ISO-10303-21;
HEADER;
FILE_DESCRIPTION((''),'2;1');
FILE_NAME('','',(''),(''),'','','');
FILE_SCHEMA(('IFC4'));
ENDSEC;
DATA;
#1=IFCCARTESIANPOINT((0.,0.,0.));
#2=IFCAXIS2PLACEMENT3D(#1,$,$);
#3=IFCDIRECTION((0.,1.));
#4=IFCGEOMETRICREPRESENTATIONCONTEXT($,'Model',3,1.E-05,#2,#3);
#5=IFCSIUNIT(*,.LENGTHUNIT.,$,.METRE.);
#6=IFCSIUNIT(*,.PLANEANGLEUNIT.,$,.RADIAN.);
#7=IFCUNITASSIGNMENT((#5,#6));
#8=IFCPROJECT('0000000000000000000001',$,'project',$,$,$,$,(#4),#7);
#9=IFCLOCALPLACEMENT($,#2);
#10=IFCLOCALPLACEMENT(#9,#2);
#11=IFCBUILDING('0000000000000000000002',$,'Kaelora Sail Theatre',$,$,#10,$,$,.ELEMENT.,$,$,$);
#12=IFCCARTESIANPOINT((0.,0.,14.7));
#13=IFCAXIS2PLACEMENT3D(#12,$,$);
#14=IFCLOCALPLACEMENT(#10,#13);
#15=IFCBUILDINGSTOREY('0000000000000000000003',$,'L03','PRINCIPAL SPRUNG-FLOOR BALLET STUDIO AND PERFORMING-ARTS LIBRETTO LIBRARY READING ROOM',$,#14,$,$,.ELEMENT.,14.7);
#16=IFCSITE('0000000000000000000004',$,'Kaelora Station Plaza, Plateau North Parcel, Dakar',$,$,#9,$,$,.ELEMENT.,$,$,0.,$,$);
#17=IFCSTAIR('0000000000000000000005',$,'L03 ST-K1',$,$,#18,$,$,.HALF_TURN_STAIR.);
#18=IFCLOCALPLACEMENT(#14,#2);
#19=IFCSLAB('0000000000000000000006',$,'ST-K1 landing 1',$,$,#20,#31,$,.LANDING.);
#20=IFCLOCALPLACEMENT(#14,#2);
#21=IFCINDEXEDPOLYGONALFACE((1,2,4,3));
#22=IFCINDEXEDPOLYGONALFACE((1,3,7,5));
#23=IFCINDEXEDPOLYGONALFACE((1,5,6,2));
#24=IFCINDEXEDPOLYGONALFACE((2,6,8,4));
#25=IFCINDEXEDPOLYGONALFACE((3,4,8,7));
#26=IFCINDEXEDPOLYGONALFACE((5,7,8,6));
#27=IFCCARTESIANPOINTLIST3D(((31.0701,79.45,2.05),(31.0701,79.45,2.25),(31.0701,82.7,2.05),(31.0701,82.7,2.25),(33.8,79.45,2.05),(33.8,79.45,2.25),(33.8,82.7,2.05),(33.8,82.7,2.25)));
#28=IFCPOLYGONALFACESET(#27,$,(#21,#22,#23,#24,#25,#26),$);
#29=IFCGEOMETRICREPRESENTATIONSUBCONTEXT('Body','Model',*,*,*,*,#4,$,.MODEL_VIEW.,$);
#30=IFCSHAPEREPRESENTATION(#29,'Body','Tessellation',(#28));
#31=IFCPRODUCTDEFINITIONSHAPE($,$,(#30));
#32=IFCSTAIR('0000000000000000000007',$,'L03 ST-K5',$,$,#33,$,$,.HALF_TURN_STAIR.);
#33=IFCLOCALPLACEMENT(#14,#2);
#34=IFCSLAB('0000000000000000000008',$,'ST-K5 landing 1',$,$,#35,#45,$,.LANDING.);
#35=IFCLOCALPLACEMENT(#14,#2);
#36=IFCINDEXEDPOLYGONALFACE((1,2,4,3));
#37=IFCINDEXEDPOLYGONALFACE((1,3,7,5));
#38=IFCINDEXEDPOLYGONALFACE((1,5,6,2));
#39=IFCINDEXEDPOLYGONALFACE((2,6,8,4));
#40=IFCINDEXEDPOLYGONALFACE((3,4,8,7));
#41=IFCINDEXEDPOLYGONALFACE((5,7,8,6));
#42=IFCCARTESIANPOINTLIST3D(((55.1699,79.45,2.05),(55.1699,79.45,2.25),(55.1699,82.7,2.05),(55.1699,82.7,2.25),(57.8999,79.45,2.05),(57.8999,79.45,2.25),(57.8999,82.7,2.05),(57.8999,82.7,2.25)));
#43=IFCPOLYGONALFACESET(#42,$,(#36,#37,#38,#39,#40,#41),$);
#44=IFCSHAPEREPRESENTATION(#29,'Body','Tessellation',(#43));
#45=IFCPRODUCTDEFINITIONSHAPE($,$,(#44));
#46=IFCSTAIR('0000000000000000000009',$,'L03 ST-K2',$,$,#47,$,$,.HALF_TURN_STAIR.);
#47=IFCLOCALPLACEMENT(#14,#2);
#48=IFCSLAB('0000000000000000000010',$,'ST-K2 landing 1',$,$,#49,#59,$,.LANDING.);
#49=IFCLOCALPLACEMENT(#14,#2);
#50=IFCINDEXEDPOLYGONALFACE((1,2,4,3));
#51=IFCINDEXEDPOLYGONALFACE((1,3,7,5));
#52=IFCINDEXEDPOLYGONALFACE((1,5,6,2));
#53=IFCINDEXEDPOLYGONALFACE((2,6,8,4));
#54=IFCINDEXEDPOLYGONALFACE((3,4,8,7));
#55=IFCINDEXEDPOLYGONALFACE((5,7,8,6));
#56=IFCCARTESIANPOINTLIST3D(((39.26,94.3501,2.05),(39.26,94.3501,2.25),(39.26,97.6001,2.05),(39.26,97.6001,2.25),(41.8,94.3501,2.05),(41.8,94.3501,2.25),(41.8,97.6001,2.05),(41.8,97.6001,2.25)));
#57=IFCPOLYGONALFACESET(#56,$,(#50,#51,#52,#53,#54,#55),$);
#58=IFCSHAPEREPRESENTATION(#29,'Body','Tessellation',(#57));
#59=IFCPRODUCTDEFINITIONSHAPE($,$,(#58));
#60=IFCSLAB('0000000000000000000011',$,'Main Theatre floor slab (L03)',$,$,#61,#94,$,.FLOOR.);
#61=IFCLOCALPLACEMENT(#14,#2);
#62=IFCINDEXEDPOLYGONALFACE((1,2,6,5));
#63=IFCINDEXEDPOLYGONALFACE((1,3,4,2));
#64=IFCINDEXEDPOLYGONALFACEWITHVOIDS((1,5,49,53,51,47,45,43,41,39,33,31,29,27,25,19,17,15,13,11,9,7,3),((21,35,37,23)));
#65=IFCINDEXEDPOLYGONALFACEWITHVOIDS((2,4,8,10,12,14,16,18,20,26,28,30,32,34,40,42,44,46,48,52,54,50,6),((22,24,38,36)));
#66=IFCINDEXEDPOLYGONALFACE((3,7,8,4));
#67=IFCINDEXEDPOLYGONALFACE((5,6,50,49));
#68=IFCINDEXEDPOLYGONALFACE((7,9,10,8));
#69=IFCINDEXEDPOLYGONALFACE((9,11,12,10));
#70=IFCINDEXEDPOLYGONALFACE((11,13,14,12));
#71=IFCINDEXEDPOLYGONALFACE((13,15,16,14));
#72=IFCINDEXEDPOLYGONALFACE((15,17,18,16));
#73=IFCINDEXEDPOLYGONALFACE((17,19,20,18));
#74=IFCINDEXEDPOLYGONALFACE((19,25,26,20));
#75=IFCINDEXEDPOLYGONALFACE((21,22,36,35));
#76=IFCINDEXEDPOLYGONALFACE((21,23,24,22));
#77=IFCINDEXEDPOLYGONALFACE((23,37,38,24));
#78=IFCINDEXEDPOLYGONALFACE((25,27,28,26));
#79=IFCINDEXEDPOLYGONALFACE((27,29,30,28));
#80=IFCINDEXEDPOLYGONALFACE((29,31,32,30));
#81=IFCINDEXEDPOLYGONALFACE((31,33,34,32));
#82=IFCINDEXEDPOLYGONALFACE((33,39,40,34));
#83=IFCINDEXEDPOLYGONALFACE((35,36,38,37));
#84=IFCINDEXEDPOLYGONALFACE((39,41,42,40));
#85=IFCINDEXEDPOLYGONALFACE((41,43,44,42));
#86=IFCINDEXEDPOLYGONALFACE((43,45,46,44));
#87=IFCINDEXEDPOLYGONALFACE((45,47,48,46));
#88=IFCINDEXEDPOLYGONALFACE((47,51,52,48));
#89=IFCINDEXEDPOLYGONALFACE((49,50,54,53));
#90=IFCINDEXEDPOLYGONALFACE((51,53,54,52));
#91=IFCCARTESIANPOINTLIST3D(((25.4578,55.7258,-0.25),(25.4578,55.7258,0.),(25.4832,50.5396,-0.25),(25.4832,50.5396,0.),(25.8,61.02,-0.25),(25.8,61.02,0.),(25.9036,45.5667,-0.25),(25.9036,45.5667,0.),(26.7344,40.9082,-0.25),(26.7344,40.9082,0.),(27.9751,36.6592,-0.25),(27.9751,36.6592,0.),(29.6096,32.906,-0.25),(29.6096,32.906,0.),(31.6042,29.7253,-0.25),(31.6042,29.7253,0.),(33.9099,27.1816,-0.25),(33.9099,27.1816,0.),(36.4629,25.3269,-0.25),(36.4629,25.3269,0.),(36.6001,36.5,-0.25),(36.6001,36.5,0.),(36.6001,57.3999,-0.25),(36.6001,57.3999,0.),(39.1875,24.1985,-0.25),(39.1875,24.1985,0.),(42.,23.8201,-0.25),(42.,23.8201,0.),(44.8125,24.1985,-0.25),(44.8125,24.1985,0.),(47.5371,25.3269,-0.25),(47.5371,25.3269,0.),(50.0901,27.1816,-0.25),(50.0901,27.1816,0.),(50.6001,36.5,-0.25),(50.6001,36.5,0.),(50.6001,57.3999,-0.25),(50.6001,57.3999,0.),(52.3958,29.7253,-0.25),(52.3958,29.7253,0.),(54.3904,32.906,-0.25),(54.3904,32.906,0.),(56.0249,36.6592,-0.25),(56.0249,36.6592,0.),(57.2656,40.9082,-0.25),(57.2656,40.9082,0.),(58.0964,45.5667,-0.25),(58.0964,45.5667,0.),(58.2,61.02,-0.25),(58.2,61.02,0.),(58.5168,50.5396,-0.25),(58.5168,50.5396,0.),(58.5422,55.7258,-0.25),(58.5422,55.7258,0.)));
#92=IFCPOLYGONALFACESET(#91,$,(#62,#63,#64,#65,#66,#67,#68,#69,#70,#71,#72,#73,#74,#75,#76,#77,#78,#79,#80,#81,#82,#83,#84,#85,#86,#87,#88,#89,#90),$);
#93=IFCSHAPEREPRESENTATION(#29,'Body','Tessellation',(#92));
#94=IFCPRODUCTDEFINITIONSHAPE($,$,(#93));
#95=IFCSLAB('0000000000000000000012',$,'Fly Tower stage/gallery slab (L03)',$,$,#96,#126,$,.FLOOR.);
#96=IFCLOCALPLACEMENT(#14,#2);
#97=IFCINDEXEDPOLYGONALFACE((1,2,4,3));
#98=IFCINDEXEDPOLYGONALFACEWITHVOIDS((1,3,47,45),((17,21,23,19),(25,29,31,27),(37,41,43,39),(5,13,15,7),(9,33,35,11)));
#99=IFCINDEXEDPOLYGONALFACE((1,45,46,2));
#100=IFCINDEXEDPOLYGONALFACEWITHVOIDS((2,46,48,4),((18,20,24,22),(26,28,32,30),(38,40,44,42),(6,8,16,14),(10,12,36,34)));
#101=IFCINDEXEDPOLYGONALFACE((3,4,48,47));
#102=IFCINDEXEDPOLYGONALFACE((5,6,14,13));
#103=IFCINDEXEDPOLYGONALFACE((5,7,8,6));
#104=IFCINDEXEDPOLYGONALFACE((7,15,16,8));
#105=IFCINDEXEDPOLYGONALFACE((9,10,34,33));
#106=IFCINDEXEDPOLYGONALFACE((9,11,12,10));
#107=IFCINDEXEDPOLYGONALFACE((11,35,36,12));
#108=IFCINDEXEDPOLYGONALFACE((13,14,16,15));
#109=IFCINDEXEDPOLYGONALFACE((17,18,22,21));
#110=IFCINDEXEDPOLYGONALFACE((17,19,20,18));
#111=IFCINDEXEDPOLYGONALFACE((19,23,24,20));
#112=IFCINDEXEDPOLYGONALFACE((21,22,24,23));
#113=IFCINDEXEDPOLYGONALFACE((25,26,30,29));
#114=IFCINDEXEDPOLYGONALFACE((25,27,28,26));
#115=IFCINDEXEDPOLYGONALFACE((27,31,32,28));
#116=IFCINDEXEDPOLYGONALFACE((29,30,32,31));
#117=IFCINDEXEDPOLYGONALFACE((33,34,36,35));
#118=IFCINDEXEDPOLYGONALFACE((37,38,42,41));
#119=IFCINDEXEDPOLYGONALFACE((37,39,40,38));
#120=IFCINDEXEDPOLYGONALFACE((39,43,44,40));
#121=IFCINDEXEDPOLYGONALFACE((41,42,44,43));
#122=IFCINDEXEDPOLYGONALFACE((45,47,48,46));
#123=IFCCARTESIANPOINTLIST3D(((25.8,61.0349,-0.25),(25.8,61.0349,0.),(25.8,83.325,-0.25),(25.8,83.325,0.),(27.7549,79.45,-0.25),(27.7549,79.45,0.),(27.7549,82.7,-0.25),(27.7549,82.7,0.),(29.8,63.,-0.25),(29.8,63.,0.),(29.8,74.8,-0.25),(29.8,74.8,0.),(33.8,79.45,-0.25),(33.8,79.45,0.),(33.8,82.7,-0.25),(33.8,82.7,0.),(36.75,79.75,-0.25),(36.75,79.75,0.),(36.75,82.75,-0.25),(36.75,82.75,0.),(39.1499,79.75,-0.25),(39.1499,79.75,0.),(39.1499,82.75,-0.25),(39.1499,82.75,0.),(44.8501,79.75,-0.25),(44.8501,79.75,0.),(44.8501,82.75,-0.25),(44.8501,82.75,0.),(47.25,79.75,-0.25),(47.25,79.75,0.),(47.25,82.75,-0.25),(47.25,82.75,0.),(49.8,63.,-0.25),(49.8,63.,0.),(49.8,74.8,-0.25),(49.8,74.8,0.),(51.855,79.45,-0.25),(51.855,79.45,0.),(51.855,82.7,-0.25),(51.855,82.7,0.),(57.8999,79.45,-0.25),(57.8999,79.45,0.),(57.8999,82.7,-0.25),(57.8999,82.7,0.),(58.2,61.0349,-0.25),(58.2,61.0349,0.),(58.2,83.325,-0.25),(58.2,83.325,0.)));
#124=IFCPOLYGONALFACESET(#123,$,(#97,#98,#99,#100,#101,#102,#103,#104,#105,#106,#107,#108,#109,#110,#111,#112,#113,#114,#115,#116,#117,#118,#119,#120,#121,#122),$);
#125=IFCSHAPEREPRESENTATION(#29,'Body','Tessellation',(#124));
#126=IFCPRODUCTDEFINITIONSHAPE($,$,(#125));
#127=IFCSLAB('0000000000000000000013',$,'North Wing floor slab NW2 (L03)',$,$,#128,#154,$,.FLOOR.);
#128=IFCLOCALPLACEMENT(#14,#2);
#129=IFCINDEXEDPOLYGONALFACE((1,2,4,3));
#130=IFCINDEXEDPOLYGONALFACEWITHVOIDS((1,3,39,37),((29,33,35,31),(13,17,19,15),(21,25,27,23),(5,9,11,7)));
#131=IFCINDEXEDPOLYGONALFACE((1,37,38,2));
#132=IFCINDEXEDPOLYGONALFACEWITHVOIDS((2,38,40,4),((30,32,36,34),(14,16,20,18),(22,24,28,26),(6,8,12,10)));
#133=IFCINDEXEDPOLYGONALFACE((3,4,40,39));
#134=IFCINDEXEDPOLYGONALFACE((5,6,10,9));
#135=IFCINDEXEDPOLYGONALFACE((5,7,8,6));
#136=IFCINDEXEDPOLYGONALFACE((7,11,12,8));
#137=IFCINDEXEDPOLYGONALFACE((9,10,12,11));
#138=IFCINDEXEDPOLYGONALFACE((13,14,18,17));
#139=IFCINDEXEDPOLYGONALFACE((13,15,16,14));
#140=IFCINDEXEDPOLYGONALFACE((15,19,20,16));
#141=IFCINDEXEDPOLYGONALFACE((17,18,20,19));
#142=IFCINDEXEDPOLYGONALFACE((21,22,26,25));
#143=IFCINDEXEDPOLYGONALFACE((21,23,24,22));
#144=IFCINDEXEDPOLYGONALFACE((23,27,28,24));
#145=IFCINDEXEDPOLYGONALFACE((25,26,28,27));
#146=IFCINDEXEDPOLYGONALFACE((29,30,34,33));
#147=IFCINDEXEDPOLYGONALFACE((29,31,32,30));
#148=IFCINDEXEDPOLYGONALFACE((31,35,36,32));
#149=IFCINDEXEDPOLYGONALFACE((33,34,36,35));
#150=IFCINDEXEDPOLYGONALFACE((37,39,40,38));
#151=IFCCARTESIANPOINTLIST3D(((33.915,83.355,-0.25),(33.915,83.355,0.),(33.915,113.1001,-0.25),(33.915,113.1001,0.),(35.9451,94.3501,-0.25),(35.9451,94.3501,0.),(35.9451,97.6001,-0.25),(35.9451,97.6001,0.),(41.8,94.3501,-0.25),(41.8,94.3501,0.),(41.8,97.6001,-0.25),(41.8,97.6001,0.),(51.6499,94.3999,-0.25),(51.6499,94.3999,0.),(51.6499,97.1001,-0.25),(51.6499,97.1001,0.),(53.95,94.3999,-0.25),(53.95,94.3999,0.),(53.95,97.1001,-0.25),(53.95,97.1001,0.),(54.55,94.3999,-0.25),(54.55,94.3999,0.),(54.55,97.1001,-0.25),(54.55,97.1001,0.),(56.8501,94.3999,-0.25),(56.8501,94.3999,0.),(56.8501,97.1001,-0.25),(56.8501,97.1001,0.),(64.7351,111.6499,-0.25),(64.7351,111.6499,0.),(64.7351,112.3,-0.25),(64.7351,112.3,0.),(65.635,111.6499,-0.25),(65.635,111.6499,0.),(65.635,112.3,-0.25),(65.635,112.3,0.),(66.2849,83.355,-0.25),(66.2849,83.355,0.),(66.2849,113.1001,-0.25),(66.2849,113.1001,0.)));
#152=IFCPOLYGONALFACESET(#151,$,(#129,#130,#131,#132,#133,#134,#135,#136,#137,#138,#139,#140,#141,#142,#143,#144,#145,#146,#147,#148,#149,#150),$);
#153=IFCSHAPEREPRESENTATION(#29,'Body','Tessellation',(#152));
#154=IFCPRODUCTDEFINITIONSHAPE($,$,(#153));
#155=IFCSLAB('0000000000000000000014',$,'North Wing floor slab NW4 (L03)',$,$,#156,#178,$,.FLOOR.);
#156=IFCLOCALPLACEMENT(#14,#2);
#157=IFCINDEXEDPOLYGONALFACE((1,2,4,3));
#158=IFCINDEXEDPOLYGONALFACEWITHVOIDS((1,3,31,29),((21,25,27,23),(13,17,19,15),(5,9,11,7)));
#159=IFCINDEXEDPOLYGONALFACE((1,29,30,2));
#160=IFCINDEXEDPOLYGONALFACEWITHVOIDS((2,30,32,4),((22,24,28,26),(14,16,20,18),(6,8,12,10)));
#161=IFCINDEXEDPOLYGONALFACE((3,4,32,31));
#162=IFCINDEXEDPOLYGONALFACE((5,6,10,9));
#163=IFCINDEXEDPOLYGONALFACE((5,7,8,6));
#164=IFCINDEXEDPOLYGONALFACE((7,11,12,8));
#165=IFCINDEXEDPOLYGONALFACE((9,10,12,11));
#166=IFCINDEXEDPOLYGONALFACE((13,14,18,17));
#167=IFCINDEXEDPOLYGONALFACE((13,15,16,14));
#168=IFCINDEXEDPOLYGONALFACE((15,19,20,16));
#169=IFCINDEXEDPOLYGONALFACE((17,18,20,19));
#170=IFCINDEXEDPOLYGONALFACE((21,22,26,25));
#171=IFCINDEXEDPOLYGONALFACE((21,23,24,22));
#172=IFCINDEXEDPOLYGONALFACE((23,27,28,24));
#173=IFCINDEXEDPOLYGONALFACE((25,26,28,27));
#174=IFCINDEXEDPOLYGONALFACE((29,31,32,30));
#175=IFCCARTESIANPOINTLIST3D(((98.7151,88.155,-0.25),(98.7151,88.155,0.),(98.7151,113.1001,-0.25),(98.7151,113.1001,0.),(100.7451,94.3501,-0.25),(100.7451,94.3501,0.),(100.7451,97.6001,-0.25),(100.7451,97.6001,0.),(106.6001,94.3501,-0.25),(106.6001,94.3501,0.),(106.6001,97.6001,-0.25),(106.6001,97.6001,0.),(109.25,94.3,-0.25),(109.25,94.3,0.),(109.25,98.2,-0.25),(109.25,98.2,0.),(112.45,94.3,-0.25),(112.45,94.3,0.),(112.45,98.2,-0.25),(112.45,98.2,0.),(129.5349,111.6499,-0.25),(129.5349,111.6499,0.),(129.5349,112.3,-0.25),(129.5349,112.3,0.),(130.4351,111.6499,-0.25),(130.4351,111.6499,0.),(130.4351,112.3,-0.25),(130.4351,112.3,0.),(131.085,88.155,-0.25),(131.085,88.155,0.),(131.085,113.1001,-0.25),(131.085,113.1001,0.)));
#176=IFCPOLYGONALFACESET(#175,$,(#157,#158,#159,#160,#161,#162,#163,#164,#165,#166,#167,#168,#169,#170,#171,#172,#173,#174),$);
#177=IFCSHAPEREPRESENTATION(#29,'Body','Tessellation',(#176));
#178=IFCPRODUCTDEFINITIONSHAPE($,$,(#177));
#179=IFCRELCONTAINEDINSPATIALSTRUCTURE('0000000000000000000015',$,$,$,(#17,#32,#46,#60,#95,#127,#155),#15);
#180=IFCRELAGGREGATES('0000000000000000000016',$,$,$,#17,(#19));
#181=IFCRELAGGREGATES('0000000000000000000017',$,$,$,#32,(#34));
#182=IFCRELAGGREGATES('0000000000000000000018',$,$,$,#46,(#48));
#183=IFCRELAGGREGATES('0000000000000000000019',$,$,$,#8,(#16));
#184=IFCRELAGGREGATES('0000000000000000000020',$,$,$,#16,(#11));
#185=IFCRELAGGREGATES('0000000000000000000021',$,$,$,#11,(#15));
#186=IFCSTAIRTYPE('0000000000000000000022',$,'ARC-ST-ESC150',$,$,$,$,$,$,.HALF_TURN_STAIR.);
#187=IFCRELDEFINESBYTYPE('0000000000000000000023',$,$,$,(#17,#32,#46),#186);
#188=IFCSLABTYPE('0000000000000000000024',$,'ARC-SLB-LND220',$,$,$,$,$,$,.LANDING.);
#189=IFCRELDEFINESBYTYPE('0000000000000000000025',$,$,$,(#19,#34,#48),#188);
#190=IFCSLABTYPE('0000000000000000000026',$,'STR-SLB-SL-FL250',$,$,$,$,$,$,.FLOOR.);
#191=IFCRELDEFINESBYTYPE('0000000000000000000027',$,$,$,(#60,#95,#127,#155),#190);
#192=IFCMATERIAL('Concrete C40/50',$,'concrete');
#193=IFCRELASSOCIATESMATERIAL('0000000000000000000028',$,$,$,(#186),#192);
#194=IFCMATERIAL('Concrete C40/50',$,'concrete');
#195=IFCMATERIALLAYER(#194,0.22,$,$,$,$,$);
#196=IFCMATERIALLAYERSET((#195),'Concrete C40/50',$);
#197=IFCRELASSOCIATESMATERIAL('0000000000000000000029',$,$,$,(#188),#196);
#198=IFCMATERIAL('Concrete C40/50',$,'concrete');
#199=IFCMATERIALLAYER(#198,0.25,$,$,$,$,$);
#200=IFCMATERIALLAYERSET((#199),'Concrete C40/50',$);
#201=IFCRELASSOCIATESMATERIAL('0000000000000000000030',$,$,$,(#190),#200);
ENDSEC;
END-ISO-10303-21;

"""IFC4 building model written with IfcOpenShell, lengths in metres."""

from ifc_helpers import new_model, si_unit, direction, frame, origin, place, context, subcontext, project, spatial, polyline, outline, extrude, material, layer, layer_set, type_object, element, aggregate, save


model = new_model("IFC4")

# Units and contexts
model_context = context("Model", 3, precision=1e-05, world=origin(), true_north=direction((0.0, 1.0)))
body_context = subcontext(model_context, "Body", "Model", "MODEL_VIEW")
ifc_project = project(units=[si_unit("LENGTHUNIT", "METRE"), si_unit("PLANEANGLEUNIT", "RADIAN")], contexts=[model_context])

# Site, building, storey
site_placement = place(None, origin())
site = spatial("IfcSite", under=ifc_project, at=site_placement, Name="Kaelora Station Plaza, Plateau North Parcel, Dakar", CompositionType="ELEMENT", RefElevation=0.0)
building_placement = place(site_placement, origin())
building = spatial("IfcBuilding", under=site, at=building_placement, Name="Kaelora Sail Theatre", CompositionType="ELEMENT")
storey_placement = place(building_placement, frame((0.0, 0.0, 14.7)))
storey = spatial("IfcBuildingStorey", under=building, at=storey_placement, Name="L03", Description="PRINCIPAL SPRUNG-FLOOR BALLET STUDIO AND PERFORMING-ARTS LIBRETTO LIBRARY READING ROOM", CompositionType="ELEMENT", Elevation=14.7)

# Stairs, slabs
ifc_material_1 = material(Name="Concrete C40/50", Category="concrete")
stair_type = type_object("IfcStairType", Name="ARC-ST-ESC150", PredefinedType="HALF_TURN_STAIR", material=ifc_material_1)
stair_1_placement = place(storey_placement, origin())
stair_1 = element("IfcStair", 1, at=stair_1_placement, inside=storey, type_object=stair_type, Name="L03 ST-K1", PredefinedType="HALF_TURN_STAIR")
ifc_material_2 = material(Name="Concrete C40/50", Category="concrete")
ifc_layer_1 = layer(ifc_material_2, 0.22)
ifc_layer_set_1 = layer_set([ifc_layer_1], Name="Concrete C40/50")
slab_type_1 = type_object("IfcSlabType", Name="ARC-SLB-LND220", PredefinedType="LANDING", material=ifc_layer_set_1)
slab_1_placement = place(storey_placement, frame((0.0, 0.0, 2.05)))
slab_1 = element("IfcSlab", 2, at=slab_1_placement, type_object=slab_type_1, Name="ST-K1 landing 1", PredefinedType="LANDING", context=body_context, shape_type="SweptSolid", body=[
    extrude(outline(polyline([(31.0701, 79.45), (33.8, 79.45), (33.8, 82.7), (31.0701, 82.7), (31.0701, 79.45)])), origin(), (0.0, 0.0, 1.0), 0.2),
])
aggregate(stair_1, [slab_1])
stair_2_placement = place(storey_placement, origin())
stair_2 = element("IfcStair", 3, at=stair_2_placement, inside=storey, type_object=stair_type, Name="L03 ST-K5", PredefinedType="HALF_TURN_STAIR")
slab_2_placement = place(storey_placement, frame((0.0, 0.0, 2.05)))
slab_2 = element("IfcSlab", 4, at=slab_2_placement, type_object=slab_type_1, Name="ST-K5 landing 1", PredefinedType="LANDING", context=body_context, shape_type="SweptSolid", body=[
    extrude(outline(polyline([(55.1699, 79.45), (57.8999, 79.45), (57.8999, 82.7), (55.1699, 82.7), (55.1699, 79.45)])), origin(), (0.0, 0.0, 1.0), 0.2),
])
aggregate(stair_2, [slab_2])
stair_3_placement = place(storey_placement, origin())
stair_3 = element("IfcStair", 5, at=stair_3_placement, inside=storey, type_object=stair_type, Name="L03 ST-K2", PredefinedType="HALF_TURN_STAIR")
slab_3_placement = place(storey_placement, frame((0.0, 0.0, 2.05)))
slab_3 = element("IfcSlab", 6, at=slab_3_placement, type_object=slab_type_1, Name="ST-K2 landing 1", PredefinedType="LANDING", context=body_context, shape_type="SweptSolid", body=[
    extrude(outline(polyline([(39.26, 94.3501), (41.8, 94.3501), (41.8, 97.6001), (39.26, 97.6001), (39.26, 94.3501)])), origin(), (0.0, 0.0, 1.0), 0.2),
])
aggregate(stair_3, [slab_3])

# Slabs
ifc_material_3 = material(Name="Concrete C40/50", Category="concrete")
ifc_layer_2 = layer(ifc_material_3, 0.25)
ifc_layer_set_2 = layer_set([ifc_layer_2], Name="Concrete C40/50")
slab_type_2 = type_object("IfcSlabType", Name="STR-SLB-SL-FL250", PredefinedType="FLOOR", material=ifc_layer_set_2)
slab_4_placement = place(storey_placement, frame((0.0, 0.0, -0.25)))
element("IfcSlab", 7, at=slab_4_placement, inside=storey, type_object=slab_type_2, Name="Main Theatre floor slab (L03)", PredefinedType="FLOOR", context=body_context, shape_type="SweptSolid", body=[
    extrude(outline(polyline([(58.2, 61.02), (58.5422, 55.7258), (58.5168, 50.5396), (58.0964, 45.5667), (57.2656, 40.9082), (56.0249, 36.6592), (54.3904, 32.906), (52.3958, 29.7253), (50.0901, 27.1816), (47.5371, 25.3269), (44.8125, 24.1985), (42.0, 23.8201), (39.1875, 24.1985), (36.4629, 25.3269), (33.9099, 27.1816), (31.6042, 29.7253), (29.6096, 32.906), (27.9751, 36.6592), (26.7344, 40.9082), (25.9036, 45.5667), (25.4832, 50.5396), (25.4578, 55.7258), (25.8, 61.02), (58.2, 61.02)]), holes=[polyline([(36.6001, 36.5), (50.6001, 36.5), (50.6001, 57.3999), (36.6001, 57.3999), (36.6001, 36.5)])]), origin(), (0.0, 0.0, 1.0), 0.25),
])
slab_5_placement = place(storey_placement, frame((0.0, 0.0, -0.25)))
element("IfcSlab", 8, at=slab_5_placement, inside=storey, type_object=slab_type_2, Name="Fly Tower stage/gallery slab (L03)", PredefinedType="FLOOR", context=body_context, shape_type="SweptSolid", body=[
    extrude(outline(polyline([(25.8, 61.0349), (58.2, 61.0349), (58.2, 83.325), (25.8, 83.325), (25.8, 61.0349)]), holes=[polyline([(27.7549, 79.45), (33.8, 79.45), (33.8, 82.7), (27.7549, 82.7), (27.7549, 79.45)]), polyline([(51.855, 79.45), (57.8999, 79.45), (57.8999, 82.7), (51.855, 82.7), (51.855, 79.45)]), polyline([(36.75, 79.75), (39.1499, 79.75), (39.1499, 82.75), (36.75, 82.75), (36.75, 79.75)]), polyline([(44.8501, 79.75), (47.25, 79.75), (47.25, 82.75), (44.8501, 82.75), (44.8501, 79.75)]), polyline([(29.8, 63.0), (49.8, 63.0), (49.8, 74.8), (29.8, 74.8), (29.8, 63.0)])]), origin(), (0.0, 0.0, 1.0), 0.25),
])
slab_6_placement = place(storey_placement, frame((0.0, 0.0, -0.25)))
element("IfcSlab", 9, at=slab_6_placement, inside=storey, type_object=slab_type_2, Name="North Wing floor slab NW2 (L03)", PredefinedType="FLOOR", context=body_context, shape_type="SweptSolid", body=[
    extrude(outline(polyline([(33.915, 83.355), (33.915, 113.1001), (66.2849, 113.1001), (66.2849, 83.355), (33.915, 83.355)]), holes=[polyline([(35.9451, 94.3501), (41.8, 94.3501), (41.8, 97.6001), (35.9451, 97.6001), (35.9451, 94.3501)]), polyline([(51.6499, 94.3999), (53.95, 94.3999), (53.95, 97.1001), (51.6499, 97.1001), (51.6499, 94.3999)]), polyline([(54.55, 94.3999), (56.8501, 94.3999), (56.8501, 97.1001), (54.55, 97.1001), (54.55, 94.3999)]), polyline([(64.7351, 111.6499), (65.635, 111.6499), (65.635, 112.3), (64.7351, 112.3), (64.7351, 111.6499)])]), origin(), (0.0, 0.0, 1.0), 0.25),
])
slab_7_placement = place(storey_placement, frame((0.0, 0.0, -0.25)))
element("IfcSlab", 10, at=slab_7_placement, inside=storey, type_object=slab_type_2, Name="North Wing floor slab NW4 (L03)", PredefinedType="FLOOR", context=body_context, shape_type="SweptSolid", body=[
    extrude(outline(polyline([(98.7151, 88.155), (98.7151, 113.1001), (131.085, 113.1001), (131.085, 88.155), (98.7151, 88.155)]), holes=[polyline([(100.7451, 94.3501), (106.6001, 94.3501), (106.6001, 97.6001), (100.7451, 97.6001), (100.7451, 94.3501)]), polyline([(109.25, 94.3), (112.45, 94.3), (112.45, 98.2), (109.25, 98.2), (109.25, 94.3)]), polyline([(129.5349, 111.6499), (130.4351, 111.6499), (130.4351, 112.3), (129.5349, 112.3), (129.5349, 111.6499)])]), origin(), (0.0, 0.0, 1.0), 0.25),
])

save(model, "model.ifc")
